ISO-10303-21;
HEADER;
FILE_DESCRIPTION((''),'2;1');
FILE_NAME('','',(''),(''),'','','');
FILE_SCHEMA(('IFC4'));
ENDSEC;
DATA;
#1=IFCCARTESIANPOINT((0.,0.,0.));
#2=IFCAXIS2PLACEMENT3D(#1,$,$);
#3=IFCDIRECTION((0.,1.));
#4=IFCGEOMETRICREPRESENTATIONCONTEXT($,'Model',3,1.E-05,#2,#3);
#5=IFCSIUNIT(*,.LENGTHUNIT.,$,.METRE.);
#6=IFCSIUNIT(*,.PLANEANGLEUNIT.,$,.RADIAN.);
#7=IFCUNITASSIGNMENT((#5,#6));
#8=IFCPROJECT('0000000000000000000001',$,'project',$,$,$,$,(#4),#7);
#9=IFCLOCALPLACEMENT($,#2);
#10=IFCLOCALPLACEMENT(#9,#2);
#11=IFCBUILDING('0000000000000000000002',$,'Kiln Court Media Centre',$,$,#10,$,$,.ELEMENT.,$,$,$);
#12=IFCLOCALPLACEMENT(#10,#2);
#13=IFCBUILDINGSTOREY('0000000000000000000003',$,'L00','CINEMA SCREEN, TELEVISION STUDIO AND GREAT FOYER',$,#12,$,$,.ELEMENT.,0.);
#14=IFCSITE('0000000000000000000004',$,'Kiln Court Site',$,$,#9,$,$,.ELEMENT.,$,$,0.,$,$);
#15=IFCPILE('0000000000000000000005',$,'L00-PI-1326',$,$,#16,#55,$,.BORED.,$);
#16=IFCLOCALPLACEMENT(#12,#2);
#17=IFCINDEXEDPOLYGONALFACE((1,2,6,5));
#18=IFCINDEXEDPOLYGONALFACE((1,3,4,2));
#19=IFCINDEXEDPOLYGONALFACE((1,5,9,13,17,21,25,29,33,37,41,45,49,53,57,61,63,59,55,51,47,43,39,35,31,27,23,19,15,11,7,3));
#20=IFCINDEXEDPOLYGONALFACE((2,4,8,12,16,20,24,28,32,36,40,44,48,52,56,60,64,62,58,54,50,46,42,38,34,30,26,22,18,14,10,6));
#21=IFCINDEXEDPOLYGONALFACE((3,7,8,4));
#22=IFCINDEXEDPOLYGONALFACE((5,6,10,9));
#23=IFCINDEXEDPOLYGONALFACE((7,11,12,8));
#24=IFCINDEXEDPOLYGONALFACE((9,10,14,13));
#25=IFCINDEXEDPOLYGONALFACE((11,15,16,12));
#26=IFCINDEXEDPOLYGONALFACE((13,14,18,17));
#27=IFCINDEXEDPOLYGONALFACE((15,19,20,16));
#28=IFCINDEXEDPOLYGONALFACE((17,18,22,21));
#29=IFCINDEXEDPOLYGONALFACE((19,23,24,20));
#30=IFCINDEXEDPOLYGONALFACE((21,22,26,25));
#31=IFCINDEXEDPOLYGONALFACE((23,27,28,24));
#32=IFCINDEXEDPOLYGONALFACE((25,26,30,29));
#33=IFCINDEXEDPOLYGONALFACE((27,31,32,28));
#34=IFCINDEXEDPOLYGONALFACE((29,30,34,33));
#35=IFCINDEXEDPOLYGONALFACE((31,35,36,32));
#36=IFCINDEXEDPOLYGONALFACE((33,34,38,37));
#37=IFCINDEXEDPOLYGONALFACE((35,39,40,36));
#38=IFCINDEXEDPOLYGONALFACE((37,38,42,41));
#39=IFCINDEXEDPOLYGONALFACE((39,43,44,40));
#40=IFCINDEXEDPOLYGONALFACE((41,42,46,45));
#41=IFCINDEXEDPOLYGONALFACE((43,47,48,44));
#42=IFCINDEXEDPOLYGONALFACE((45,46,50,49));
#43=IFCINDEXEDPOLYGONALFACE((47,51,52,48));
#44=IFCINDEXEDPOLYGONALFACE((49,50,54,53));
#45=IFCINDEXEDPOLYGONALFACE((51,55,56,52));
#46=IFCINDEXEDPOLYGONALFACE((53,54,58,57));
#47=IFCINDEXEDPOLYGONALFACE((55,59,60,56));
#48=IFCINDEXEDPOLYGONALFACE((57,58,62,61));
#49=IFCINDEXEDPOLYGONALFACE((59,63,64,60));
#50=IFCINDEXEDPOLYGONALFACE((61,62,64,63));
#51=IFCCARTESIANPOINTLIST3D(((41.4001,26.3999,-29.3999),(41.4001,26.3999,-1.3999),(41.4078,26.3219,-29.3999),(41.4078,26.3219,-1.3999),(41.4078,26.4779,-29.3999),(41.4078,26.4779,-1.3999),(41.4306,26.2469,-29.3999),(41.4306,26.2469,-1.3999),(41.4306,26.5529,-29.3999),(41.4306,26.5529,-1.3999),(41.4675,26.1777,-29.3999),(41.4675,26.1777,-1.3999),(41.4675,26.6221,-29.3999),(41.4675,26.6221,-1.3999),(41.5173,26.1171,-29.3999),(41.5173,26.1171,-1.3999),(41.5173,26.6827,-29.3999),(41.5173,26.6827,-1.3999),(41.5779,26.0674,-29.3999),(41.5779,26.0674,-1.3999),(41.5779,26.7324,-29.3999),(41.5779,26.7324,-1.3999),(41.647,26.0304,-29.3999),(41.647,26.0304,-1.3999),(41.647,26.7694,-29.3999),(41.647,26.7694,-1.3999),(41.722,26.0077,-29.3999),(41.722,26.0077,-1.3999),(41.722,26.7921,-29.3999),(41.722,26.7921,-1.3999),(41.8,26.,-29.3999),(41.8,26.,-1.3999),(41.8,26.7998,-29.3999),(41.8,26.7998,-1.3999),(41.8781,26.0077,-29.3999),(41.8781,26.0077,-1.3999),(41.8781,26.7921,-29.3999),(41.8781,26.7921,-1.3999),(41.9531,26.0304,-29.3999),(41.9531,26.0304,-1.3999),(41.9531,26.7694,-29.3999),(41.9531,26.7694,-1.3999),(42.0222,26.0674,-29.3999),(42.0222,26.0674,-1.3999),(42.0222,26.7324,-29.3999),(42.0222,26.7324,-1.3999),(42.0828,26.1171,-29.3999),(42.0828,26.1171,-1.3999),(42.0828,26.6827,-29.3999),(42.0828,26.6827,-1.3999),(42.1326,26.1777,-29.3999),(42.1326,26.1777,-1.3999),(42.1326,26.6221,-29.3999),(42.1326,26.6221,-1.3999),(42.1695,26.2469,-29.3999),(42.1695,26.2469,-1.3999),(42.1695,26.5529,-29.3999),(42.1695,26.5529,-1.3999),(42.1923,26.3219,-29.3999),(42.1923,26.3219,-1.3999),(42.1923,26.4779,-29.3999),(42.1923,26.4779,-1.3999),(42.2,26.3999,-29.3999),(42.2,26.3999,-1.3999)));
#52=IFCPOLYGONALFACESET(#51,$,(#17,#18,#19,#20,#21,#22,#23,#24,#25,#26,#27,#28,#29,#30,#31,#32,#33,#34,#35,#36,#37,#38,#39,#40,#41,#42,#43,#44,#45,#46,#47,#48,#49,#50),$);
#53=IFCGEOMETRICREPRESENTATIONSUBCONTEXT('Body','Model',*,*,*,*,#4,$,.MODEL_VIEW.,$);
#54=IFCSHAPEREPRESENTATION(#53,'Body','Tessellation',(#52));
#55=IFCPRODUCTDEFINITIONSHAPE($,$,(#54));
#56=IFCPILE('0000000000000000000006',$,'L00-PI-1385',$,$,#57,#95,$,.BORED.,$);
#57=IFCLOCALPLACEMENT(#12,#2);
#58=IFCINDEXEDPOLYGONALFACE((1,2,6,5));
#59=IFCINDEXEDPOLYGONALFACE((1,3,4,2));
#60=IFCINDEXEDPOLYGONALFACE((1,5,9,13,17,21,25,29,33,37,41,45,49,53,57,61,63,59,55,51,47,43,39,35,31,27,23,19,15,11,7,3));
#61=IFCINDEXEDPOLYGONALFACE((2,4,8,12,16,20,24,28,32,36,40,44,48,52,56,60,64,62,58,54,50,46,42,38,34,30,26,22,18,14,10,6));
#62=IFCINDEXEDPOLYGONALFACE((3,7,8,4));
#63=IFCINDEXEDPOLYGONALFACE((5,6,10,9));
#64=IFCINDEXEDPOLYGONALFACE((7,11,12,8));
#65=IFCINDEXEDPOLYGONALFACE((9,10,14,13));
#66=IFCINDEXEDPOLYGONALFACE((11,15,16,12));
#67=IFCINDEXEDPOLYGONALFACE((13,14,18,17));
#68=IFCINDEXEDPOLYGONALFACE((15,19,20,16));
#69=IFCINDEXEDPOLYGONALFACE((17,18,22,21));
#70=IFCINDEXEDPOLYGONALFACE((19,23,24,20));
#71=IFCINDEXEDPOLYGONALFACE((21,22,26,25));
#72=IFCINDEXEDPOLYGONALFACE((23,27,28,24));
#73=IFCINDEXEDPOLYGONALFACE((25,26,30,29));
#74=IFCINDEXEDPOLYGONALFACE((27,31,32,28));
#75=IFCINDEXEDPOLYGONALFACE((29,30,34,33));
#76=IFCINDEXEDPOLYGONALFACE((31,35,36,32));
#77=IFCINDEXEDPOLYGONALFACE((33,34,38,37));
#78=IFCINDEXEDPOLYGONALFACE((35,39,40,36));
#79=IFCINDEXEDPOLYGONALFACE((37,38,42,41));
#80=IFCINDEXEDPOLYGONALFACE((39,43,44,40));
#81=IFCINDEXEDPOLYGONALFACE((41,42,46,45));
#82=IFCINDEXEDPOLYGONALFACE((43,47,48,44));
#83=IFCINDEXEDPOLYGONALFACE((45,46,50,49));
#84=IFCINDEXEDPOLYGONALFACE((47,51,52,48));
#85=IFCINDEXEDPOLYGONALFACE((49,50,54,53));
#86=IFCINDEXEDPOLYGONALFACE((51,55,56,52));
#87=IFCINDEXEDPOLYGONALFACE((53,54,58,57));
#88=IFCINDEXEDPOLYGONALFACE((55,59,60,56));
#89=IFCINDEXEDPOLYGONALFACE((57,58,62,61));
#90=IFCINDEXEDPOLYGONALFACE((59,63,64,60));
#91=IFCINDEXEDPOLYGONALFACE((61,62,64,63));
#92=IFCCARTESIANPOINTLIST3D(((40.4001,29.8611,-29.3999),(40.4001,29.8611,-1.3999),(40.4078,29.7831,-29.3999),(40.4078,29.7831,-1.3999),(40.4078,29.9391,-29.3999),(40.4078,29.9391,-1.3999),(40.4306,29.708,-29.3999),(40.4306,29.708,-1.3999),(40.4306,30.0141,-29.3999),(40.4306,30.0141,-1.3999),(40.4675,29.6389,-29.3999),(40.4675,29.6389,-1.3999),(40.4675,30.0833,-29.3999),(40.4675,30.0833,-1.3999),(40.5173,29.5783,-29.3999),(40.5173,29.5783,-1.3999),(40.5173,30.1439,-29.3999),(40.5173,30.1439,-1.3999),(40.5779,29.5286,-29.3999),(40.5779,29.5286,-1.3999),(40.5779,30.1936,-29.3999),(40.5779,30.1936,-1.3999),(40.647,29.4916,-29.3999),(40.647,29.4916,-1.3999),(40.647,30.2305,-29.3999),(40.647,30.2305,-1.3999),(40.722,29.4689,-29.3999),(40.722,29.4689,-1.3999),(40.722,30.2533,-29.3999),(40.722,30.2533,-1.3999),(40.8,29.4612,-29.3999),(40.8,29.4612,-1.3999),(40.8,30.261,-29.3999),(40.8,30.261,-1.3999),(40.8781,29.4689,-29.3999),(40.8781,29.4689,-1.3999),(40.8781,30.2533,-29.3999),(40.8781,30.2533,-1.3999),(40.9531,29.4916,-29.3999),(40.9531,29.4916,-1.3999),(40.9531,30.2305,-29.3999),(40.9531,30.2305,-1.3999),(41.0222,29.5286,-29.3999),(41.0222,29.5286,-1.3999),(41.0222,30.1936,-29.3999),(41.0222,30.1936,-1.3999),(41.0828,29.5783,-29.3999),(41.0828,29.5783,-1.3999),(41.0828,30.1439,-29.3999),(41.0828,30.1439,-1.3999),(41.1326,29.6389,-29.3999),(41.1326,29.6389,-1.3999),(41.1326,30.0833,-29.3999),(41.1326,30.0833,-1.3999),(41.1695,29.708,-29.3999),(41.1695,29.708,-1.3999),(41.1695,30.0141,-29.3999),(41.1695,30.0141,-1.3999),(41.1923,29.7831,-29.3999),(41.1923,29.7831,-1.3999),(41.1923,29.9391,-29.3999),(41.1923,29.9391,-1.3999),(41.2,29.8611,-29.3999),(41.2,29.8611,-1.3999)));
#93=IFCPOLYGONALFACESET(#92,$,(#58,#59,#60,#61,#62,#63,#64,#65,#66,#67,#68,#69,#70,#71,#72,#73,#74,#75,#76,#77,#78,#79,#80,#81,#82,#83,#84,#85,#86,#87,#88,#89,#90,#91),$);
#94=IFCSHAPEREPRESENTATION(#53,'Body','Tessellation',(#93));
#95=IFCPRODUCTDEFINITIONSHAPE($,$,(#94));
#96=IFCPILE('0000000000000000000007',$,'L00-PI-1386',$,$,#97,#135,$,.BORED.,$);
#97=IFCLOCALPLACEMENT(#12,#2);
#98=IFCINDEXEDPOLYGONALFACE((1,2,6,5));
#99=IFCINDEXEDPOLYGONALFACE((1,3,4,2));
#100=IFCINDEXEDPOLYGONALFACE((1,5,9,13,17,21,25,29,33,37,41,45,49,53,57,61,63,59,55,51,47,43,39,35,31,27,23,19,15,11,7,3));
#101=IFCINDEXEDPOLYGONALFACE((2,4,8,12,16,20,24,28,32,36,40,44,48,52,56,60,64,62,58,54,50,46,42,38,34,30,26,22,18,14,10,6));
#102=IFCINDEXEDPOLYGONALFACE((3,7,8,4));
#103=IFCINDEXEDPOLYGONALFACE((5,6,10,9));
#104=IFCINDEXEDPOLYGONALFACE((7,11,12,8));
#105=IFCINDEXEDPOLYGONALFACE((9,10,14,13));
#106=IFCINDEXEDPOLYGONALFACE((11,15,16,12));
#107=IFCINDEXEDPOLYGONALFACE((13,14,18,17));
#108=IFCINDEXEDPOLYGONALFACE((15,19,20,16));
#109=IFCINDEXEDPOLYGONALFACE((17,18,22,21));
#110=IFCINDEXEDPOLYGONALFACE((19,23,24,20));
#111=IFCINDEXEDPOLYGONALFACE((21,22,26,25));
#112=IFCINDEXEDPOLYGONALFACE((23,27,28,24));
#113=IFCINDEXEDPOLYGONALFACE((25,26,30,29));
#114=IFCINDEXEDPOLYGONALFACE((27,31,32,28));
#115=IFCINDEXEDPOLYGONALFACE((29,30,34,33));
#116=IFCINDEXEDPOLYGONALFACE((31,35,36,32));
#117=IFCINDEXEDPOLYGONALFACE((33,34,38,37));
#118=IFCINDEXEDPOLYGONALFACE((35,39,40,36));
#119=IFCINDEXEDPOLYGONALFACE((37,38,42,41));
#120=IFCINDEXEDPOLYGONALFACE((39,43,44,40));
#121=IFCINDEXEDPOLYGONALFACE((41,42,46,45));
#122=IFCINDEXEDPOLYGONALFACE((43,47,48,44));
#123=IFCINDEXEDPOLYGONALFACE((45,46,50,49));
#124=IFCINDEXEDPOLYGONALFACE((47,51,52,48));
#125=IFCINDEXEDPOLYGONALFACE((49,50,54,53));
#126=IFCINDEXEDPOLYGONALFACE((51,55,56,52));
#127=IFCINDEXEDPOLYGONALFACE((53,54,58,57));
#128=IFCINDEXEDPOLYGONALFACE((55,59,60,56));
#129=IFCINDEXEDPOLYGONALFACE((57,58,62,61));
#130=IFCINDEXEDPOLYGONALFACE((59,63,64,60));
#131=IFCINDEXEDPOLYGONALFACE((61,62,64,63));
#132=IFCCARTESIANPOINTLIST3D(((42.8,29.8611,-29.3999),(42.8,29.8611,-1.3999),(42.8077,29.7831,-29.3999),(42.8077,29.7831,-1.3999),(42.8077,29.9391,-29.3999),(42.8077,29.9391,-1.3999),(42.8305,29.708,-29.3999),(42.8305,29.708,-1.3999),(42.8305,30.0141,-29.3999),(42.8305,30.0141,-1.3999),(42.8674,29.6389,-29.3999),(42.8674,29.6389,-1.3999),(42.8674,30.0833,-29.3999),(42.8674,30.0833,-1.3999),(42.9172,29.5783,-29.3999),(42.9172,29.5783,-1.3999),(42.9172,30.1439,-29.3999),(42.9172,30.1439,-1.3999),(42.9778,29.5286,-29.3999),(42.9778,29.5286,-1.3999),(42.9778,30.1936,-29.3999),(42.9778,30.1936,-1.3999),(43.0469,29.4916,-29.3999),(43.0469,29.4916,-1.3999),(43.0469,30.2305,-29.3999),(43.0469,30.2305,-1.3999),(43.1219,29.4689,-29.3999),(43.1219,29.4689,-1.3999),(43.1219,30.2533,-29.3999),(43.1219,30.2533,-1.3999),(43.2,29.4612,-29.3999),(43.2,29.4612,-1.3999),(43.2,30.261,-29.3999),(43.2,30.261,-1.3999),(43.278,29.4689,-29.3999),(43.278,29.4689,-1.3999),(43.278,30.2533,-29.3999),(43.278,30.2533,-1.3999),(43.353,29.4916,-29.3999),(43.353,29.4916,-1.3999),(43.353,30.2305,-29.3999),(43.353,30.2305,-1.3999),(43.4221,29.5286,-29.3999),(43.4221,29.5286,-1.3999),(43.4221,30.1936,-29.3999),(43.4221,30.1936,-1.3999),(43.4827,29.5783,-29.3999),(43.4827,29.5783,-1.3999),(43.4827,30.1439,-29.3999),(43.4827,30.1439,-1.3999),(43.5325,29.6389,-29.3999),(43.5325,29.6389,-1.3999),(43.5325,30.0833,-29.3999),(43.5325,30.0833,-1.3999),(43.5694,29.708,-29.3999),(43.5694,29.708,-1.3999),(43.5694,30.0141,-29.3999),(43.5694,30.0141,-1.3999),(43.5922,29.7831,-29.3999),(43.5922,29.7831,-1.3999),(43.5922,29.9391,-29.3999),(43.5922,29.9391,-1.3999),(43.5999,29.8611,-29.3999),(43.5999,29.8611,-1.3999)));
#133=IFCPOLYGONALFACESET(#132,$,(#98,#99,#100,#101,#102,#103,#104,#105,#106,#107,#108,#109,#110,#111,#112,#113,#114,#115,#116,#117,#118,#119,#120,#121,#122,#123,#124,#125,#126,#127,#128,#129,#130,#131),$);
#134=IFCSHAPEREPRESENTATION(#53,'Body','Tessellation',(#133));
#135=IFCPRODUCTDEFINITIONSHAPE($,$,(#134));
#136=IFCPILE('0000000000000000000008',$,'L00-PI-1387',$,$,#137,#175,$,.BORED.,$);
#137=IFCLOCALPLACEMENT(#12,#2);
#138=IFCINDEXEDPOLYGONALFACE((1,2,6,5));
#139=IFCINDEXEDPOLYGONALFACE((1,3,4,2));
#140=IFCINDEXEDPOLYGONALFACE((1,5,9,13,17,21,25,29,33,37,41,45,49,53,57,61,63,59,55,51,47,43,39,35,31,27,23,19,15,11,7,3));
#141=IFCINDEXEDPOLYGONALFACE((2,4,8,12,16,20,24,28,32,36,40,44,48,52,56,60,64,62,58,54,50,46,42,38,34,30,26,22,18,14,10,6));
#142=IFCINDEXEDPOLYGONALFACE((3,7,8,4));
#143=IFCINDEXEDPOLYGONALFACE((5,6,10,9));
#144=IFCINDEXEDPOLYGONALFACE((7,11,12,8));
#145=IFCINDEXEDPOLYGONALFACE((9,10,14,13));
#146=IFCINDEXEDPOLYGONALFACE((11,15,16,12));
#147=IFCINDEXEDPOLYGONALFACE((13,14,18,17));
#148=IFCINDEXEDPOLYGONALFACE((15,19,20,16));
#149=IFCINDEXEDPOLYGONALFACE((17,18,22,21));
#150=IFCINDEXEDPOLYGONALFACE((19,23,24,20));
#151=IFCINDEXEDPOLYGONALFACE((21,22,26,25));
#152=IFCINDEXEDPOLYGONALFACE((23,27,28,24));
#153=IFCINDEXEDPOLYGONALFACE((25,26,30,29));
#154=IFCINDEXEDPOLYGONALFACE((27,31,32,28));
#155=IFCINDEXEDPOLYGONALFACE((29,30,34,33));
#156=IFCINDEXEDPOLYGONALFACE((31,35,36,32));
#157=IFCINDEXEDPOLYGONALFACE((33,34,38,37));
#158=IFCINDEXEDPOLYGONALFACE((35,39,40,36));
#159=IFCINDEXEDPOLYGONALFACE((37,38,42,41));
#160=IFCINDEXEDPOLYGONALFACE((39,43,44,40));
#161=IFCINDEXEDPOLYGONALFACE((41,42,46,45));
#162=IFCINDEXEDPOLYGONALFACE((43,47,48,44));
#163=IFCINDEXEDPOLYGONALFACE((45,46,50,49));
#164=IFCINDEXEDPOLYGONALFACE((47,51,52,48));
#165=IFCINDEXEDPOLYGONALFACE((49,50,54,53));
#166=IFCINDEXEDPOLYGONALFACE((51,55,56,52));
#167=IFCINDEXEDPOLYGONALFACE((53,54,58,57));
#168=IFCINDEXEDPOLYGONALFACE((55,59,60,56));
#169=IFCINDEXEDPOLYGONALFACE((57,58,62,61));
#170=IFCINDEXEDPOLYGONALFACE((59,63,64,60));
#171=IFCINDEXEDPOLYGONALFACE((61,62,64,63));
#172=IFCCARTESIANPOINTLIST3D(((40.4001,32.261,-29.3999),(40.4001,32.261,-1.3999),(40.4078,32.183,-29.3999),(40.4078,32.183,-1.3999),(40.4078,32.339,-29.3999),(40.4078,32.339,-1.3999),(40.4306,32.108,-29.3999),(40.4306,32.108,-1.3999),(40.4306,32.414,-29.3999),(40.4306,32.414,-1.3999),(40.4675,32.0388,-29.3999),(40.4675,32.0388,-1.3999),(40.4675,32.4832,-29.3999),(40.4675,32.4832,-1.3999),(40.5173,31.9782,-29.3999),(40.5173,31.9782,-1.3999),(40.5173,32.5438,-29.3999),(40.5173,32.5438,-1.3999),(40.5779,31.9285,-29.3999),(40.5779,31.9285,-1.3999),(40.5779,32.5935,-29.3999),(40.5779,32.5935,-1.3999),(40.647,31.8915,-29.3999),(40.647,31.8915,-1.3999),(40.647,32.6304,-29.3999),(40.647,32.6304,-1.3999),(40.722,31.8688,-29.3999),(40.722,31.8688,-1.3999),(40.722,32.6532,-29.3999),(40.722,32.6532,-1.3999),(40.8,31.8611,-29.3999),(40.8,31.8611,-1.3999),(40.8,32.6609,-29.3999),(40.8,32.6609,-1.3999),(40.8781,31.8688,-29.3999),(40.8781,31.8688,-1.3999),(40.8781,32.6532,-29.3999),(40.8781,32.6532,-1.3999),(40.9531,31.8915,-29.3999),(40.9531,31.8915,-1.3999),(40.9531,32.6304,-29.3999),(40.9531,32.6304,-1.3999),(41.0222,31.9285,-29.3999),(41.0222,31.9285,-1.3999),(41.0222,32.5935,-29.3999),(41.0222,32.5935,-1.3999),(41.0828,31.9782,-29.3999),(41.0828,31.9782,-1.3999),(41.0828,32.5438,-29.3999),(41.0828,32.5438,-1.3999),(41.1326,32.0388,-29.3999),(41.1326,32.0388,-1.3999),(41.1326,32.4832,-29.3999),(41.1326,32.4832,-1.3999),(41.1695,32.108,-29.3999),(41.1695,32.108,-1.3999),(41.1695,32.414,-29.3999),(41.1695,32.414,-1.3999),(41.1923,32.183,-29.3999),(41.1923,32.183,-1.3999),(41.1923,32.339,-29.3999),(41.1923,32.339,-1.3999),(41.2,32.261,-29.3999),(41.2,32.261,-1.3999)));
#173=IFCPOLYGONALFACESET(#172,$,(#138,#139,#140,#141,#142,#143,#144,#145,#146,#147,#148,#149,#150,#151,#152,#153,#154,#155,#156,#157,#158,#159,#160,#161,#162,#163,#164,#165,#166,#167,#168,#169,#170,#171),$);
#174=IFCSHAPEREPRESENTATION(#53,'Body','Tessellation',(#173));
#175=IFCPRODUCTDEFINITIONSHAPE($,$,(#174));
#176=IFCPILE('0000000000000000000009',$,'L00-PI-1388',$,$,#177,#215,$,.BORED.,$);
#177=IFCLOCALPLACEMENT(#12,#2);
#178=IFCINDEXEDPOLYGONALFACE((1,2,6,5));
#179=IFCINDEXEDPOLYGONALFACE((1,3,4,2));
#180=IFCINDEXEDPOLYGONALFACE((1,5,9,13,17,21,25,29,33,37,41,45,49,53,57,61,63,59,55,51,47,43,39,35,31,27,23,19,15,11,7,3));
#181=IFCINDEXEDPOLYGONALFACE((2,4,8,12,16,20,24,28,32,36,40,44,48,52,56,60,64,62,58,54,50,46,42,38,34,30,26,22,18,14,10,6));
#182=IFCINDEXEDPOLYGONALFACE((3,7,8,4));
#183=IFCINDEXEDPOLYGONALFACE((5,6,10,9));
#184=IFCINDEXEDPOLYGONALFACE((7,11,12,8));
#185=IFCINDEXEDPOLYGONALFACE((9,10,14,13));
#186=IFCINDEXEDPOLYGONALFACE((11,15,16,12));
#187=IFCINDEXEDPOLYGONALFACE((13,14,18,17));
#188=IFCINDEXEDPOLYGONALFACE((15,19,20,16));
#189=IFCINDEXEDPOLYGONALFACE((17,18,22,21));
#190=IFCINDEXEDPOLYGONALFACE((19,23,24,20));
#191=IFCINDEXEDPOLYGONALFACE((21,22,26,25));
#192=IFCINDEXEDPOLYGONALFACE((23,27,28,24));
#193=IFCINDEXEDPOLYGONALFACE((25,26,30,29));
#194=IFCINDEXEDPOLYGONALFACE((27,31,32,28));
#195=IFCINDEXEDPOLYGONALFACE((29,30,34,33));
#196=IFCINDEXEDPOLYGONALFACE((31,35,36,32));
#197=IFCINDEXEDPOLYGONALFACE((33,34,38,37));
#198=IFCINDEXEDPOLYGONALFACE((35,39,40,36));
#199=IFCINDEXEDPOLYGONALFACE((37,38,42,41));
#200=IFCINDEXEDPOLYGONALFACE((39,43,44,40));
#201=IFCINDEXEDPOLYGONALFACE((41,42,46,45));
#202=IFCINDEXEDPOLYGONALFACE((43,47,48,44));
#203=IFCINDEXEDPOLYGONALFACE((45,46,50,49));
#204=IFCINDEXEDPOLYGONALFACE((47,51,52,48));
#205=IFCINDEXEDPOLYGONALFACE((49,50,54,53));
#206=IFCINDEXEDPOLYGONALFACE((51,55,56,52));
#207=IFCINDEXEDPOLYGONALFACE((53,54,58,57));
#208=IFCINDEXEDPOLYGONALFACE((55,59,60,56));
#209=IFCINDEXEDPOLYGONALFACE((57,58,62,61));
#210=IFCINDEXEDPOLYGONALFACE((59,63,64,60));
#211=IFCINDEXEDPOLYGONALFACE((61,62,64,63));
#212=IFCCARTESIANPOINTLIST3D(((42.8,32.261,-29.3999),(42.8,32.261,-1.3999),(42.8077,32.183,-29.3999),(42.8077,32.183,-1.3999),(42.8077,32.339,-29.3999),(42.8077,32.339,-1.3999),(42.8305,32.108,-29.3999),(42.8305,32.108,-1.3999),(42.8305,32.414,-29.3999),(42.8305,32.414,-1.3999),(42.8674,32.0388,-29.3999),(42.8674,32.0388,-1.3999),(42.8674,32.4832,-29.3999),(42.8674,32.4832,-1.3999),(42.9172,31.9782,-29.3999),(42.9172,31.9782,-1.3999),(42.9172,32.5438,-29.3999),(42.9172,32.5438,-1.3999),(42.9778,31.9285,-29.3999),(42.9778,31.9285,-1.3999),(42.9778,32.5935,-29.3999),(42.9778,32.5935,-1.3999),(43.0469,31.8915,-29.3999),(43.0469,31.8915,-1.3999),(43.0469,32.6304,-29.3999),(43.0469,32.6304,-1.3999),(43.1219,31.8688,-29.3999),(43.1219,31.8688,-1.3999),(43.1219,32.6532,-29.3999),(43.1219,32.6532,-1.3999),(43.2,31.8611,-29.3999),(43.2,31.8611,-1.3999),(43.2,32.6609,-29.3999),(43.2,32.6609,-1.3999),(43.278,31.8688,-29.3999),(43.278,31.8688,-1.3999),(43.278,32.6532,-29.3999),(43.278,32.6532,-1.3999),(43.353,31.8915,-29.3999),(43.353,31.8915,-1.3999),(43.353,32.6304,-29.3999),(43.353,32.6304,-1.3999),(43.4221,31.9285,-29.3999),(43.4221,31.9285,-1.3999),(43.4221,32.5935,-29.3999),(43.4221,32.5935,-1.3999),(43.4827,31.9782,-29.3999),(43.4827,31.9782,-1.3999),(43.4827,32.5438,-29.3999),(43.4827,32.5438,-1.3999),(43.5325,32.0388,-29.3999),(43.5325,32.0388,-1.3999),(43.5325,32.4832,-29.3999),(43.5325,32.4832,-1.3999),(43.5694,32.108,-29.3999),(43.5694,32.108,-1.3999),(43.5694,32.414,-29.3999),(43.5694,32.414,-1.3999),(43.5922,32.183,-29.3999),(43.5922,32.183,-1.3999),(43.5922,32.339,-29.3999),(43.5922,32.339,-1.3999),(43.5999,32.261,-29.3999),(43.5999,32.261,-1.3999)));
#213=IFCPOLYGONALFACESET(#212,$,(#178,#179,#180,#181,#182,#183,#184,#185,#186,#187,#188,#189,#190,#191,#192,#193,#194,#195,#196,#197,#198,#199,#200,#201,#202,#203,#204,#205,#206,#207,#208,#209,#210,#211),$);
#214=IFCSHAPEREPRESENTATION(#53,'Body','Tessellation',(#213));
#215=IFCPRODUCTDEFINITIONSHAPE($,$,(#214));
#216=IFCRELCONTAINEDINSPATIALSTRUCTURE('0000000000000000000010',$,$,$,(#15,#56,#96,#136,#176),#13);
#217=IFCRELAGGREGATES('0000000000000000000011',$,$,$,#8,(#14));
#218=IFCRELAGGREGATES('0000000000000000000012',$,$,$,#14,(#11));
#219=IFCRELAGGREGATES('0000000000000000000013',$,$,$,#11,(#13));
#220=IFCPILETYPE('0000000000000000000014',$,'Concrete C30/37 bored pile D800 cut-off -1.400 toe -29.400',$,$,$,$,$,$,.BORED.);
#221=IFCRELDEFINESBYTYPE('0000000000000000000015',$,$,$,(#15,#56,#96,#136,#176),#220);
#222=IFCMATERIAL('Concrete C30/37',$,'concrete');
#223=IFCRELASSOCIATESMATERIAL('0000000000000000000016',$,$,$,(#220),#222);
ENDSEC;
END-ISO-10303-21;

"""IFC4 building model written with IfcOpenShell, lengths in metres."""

from ifc_helpers import new_model, si_unit, direction, frame, origin, origin_2d, place, context, subcontext, project, spatial, circle, extrude, material, material_profile, profile_set, type_object, element, save


model = new_model("IFC4")

# Units and contexts
model_context = context("Model", 3, precision=1e-05, world=origin(), true_north=direction((0.0, 1.0)))
body_context = subcontext(model_context, "Body", "Model", "MODEL_VIEW")
ifc_project = project(units=[si_unit("LENGTHUNIT", "METRE"), si_unit("PLANEANGLEUNIT", "RADIAN")], contexts=[model_context])

# Site, building, storey
site_placement = place(None, origin())
site = spatial("IfcSite", under=ifc_project, at=site_placement, Name="Kiln Court Site", CompositionType="ELEMENT", RefElevation=0.0)
building_placement = place(site_placement, origin())
building = spatial("IfcBuilding", under=site, at=building_placement, Name="Kiln Court Media Centre", CompositionType="ELEMENT")
storey_placement = place(building_placement, origin())
storey = spatial("IfcBuildingStorey", under=building, at=storey_placement, Name="L00", Description="CINEMA SCREEN, TELEVISION STUDIO AND GREAT FOYER", CompositionType="ELEMENT", Elevation=0.0)

# Piles
ifc_material_1 = material(Name="Concrete C30/37", Category="concrete")
ifc_material_profile_1 = material_profile(ifc_material_1, circle(Radius=0.3999, at=origin_2d()), Name="PILE D800")
ifc_profile_set_1 = profile_set([ifc_material_profile_1], Name="Concrete C30/37")
pile_type_1 = type_object("IfcPileType", Name="Concrete C30/37 bored pile D800 cut-off -1.400 toe -29.400", PredefinedType="BORED", material=ifc_profile_set_1)
for number, where, z_axis, x_axis, name in (
    (1, (41.8, 26.3999, -1.3999), (0.0, 0.0, -1.0), (1.0, 0.0, 0.0), "L00-PI-1326"),
    (2, (40.8, 29.8611, -1.3999), (0.0, 0.0, -1.0), (1.0, 0.0, 0.0), "L00-PI-1385"),
    (3, (43.2, 29.8611, -1.3999), (0.0, 0.0, -1.0), (1.0, 0.0, 0.0), "L00-PI-1386"),
    (4, (40.8, 32.261, -1.3999), (0.0, 0.0, -1.0), (1.0, 0.0, 0.0), "L00-PI-1387"),
    (5, (43.2, 32.261, -1.3999), (0.0, 0.0, -1.0), (1.0, 0.0, 0.0), "L00-PI-1388"),
):
    element("IfcPile", number, at=place(storey_placement, frame(where, z_axis=z_axis, x_axis=x_axis)), inside=storey, type_object=pile_type_1, Name=name, PredefinedType="BORED", context=body_context, shape_type="SweptSolid", body=[
        extrude(circle(Radius=0.3999, at=origin_2d()), origin(), (0.0, 0.0, 1.0), 28.0),
    ])

save(model, "model.ifc")
